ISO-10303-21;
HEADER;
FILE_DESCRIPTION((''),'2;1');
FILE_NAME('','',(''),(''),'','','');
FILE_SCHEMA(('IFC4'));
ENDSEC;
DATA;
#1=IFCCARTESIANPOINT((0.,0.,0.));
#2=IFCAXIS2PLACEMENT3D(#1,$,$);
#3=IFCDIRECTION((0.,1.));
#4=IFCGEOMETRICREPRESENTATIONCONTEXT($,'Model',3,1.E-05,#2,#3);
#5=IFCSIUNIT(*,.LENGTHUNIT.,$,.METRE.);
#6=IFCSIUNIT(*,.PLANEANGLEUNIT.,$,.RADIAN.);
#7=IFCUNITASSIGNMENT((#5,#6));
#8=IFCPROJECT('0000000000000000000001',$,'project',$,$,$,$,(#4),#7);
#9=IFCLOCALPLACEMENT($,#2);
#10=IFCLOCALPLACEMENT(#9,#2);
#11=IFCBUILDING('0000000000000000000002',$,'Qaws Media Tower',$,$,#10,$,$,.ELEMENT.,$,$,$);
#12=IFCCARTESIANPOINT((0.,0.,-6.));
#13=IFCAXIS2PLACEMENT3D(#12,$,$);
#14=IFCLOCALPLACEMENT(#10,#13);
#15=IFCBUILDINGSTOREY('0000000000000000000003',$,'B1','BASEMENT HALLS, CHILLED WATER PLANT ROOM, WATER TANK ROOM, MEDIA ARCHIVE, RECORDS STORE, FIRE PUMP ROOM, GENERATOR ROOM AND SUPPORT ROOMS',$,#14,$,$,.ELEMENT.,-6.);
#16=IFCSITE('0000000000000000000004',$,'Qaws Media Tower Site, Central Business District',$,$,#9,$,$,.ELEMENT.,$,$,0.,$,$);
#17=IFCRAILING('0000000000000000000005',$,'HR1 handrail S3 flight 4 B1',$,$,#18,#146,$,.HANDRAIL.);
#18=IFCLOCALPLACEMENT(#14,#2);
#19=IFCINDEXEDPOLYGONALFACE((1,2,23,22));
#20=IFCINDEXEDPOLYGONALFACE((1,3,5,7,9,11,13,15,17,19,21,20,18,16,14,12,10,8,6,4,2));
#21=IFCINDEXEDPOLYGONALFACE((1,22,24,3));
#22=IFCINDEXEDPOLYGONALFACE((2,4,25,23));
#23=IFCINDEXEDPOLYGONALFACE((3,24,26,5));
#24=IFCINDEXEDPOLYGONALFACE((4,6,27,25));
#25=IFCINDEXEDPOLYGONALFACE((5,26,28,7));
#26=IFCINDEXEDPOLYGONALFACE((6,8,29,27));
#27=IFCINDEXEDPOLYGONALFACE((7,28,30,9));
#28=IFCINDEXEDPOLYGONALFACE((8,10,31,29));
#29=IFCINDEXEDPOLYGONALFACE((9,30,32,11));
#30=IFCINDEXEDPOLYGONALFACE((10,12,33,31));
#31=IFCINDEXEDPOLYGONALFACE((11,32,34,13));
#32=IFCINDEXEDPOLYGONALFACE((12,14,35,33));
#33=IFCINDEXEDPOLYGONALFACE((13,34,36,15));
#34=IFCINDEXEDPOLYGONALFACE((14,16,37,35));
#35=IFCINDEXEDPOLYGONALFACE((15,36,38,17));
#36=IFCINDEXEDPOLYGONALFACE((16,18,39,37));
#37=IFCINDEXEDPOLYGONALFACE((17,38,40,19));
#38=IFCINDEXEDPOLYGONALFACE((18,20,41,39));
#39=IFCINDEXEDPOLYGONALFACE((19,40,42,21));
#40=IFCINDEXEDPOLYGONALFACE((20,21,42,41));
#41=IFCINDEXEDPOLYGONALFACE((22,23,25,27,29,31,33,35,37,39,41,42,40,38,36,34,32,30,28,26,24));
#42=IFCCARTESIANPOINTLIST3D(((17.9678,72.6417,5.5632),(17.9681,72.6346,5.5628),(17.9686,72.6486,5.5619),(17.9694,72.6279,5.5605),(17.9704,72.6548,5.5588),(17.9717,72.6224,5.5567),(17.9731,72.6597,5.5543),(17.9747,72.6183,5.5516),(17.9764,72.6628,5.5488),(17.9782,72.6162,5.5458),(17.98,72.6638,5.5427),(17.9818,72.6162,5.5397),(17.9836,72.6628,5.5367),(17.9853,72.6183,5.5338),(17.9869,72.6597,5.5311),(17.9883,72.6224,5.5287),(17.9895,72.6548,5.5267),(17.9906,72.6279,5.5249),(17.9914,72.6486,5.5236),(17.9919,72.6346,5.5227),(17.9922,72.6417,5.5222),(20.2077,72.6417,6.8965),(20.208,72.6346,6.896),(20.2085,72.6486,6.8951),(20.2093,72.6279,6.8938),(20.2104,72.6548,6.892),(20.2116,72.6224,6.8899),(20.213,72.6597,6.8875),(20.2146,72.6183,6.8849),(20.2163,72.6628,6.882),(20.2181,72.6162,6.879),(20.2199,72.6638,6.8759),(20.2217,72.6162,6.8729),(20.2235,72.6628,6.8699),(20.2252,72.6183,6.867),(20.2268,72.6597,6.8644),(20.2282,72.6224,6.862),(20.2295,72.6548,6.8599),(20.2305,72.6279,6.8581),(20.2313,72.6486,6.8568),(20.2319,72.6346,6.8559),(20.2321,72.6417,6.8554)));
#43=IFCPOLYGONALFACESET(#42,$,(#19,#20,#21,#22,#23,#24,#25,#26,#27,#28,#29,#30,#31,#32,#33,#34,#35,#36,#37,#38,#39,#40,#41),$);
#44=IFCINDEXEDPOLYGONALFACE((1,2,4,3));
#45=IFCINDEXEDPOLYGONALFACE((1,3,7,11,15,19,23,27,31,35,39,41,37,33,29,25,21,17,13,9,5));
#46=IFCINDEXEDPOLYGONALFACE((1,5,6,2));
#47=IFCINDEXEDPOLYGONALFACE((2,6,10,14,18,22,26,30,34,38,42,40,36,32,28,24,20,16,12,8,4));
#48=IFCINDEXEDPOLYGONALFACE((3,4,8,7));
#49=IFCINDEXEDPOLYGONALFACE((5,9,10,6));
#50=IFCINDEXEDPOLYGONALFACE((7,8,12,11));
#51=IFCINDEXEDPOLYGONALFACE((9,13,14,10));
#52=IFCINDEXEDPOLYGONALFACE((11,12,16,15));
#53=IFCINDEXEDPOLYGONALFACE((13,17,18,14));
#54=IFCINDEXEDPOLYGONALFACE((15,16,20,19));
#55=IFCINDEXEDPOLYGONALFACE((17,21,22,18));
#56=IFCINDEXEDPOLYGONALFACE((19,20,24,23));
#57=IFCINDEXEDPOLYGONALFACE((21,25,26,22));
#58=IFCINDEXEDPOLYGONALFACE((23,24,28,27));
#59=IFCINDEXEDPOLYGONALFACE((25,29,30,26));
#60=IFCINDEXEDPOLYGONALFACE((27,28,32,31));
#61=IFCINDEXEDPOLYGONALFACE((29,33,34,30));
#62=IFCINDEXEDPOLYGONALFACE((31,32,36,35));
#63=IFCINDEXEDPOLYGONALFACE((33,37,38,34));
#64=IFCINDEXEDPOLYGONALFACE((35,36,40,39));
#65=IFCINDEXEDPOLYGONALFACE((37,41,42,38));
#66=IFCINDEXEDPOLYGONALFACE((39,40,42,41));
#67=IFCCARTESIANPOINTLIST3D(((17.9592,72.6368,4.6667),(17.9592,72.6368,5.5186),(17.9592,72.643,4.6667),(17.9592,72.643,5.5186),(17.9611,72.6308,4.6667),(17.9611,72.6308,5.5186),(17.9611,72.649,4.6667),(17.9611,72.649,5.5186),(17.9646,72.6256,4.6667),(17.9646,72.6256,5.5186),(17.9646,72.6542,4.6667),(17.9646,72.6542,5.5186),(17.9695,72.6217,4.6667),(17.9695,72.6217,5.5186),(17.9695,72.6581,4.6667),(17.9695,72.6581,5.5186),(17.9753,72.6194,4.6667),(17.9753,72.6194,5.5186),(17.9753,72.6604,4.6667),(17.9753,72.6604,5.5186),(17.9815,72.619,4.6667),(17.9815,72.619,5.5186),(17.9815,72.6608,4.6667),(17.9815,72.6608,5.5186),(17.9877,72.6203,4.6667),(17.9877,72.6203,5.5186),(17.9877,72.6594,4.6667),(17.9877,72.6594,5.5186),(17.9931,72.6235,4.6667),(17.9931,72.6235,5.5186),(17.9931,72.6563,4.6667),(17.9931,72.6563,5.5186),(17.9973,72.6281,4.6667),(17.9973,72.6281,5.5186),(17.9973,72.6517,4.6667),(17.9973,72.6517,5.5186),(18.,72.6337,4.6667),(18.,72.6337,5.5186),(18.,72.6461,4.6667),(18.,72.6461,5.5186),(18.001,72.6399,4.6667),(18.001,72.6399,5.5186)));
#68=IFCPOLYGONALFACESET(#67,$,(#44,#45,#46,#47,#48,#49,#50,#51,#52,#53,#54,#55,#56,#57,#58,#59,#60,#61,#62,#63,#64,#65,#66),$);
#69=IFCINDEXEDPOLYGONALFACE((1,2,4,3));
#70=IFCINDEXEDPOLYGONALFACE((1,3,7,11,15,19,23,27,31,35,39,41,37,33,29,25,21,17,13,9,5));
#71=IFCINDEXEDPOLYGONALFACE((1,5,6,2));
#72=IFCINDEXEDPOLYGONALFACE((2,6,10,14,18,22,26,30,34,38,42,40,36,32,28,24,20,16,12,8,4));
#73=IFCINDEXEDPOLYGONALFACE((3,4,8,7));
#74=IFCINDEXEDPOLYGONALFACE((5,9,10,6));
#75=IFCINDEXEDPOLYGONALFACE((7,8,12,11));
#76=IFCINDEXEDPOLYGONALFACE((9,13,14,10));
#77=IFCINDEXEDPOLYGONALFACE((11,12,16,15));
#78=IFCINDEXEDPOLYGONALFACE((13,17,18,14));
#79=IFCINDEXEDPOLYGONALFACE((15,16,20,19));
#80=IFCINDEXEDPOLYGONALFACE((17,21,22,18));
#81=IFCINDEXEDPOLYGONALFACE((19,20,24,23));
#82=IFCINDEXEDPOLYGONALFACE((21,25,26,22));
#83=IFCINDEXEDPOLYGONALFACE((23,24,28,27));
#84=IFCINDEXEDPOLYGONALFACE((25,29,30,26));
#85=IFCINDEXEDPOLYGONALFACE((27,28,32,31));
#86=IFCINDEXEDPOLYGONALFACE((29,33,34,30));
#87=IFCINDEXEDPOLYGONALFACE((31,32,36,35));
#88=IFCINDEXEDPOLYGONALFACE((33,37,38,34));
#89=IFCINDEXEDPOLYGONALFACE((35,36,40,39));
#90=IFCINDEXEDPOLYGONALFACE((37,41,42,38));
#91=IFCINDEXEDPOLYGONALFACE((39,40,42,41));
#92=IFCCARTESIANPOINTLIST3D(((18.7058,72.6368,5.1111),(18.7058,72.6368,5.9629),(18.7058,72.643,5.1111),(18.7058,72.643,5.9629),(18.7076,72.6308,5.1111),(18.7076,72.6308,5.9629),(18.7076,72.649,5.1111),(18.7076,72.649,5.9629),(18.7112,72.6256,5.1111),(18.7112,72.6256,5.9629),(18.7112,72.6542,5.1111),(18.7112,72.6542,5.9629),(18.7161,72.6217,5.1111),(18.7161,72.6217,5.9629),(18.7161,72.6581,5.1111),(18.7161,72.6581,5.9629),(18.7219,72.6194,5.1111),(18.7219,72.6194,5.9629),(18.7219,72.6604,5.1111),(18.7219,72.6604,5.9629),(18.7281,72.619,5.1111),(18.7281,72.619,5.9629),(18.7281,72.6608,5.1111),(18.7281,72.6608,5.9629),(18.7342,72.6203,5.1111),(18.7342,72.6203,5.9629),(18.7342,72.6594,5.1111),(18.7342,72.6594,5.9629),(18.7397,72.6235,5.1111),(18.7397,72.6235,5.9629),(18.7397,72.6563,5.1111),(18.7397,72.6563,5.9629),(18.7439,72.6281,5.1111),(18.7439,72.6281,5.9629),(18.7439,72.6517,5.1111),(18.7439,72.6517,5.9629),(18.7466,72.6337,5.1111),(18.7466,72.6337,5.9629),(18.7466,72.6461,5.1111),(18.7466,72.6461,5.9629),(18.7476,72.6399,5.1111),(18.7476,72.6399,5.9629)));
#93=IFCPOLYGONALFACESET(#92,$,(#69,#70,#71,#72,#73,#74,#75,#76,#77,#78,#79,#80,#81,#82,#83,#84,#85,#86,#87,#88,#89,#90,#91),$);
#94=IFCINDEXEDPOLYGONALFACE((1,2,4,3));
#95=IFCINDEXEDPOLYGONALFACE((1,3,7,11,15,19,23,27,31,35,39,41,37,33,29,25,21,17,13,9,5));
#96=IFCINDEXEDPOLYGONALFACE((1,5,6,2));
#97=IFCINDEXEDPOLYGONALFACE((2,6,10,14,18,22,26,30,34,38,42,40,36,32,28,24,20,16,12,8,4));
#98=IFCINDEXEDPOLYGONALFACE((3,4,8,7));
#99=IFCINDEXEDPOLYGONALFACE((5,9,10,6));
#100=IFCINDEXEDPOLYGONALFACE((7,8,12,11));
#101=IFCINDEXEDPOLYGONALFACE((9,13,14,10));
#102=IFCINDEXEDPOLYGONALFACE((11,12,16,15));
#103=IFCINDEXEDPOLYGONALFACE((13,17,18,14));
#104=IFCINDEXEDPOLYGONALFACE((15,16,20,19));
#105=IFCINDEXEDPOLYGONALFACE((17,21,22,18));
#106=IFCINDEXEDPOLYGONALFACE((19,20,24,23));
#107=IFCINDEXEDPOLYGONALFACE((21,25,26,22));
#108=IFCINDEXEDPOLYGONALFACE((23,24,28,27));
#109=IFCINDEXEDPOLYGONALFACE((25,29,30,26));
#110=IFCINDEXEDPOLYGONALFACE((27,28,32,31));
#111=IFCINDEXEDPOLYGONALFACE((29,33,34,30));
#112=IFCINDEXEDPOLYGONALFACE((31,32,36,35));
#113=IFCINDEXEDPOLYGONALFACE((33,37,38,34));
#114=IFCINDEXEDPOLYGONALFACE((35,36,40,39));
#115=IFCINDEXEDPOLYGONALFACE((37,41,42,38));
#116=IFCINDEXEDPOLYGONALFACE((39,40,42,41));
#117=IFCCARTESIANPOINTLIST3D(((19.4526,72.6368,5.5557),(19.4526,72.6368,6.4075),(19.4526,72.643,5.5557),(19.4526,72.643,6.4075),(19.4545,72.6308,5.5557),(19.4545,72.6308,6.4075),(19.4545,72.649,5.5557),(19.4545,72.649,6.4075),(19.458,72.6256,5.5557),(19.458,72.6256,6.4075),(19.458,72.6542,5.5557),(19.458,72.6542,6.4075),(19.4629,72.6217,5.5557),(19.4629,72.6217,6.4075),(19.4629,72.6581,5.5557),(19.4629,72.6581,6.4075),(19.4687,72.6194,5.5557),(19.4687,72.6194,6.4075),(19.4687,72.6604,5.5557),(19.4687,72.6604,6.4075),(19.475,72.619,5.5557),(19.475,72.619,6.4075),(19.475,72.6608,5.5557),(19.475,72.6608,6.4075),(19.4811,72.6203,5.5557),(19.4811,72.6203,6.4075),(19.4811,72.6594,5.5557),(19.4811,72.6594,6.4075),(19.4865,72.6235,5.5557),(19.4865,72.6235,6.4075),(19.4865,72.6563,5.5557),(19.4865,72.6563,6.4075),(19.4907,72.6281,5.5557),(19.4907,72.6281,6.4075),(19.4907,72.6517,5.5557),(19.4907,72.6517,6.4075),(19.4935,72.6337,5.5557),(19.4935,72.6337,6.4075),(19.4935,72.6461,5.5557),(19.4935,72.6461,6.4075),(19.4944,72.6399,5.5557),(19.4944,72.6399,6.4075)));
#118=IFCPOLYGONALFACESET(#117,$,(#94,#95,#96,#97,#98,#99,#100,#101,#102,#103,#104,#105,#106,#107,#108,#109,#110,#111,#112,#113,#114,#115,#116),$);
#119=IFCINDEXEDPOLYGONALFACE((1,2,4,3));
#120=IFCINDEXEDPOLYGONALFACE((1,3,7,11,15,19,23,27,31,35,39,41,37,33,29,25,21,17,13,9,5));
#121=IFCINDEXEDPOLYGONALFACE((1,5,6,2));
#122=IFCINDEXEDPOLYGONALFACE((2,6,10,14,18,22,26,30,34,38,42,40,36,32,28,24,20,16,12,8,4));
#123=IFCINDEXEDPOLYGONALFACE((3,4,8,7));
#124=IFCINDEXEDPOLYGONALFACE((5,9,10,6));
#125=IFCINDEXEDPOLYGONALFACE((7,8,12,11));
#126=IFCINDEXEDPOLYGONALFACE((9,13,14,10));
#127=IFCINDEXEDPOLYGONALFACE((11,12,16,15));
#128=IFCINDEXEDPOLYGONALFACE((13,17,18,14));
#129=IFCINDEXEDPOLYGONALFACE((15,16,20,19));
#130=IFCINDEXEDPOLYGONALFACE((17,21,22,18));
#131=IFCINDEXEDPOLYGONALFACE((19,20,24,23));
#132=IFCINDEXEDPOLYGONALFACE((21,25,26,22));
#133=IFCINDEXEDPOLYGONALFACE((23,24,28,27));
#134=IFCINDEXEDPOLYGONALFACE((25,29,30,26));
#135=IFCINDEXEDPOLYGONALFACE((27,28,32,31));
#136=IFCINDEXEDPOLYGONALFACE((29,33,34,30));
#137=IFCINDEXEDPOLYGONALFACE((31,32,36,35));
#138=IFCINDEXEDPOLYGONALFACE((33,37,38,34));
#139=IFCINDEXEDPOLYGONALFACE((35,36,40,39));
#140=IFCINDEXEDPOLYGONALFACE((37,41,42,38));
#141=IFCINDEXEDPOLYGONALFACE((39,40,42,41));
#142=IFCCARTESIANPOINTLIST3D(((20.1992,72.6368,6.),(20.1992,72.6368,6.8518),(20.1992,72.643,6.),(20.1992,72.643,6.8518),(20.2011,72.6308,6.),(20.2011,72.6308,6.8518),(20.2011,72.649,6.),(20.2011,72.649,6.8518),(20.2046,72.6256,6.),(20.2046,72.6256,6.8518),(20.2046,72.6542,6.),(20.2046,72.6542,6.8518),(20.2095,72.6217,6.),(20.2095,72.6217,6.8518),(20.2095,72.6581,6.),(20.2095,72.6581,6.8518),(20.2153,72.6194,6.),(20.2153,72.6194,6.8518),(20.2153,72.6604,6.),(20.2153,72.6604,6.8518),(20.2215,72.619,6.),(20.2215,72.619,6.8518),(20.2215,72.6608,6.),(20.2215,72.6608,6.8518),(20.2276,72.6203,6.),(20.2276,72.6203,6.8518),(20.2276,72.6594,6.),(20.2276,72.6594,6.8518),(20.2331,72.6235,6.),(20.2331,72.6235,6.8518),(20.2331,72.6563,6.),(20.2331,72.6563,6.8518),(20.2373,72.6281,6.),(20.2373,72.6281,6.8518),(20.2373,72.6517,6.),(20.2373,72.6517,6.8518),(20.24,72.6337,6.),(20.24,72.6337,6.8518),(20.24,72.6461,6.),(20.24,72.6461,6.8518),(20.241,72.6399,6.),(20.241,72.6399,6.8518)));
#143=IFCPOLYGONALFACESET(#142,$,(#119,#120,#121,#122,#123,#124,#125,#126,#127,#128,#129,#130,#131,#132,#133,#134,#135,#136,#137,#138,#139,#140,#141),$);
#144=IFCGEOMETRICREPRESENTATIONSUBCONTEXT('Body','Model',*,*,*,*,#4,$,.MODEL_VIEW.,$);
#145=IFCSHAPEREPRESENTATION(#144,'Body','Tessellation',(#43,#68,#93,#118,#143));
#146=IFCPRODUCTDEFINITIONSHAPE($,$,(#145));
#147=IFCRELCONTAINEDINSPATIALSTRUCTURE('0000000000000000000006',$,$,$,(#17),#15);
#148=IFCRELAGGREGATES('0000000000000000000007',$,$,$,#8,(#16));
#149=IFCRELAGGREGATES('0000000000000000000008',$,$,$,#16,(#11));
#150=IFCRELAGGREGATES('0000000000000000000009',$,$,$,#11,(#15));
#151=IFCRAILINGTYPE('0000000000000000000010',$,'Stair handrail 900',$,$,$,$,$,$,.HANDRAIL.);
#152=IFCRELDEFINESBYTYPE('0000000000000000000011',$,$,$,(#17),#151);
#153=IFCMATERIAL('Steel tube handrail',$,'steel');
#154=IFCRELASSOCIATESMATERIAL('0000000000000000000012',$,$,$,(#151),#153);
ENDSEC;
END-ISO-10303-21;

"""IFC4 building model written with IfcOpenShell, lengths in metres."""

from ifc_helpers import new_model, si_unit, direction, frame, origin, origin_2d, place, context, subcontext, project, spatial, circle, extrude, material, type_object, element, save


model = new_model("IFC4")

# Units and contexts
model_context = context("Model", 3, precision=1e-05, world=origin(), true_north=direction((0.0, 1.0)))
body_context = subcontext(model_context, "Body", "Model", "MODEL_VIEW")
ifc_project = project(units=[si_unit("LENGTHUNIT", "METRE"), si_unit("PLANEANGLEUNIT", "RADIAN")], contexts=[model_context])

# Site, building, storey
site_placement = place(None, origin())
site = spatial("IfcSite", under=ifc_project, at=site_placement, Name="Qaws Media Tower Site, Central Business District", CompositionType="ELEMENT", RefElevation=0.0)
building_placement = place(site_placement, origin())
building = spatial("IfcBuilding", under=site, at=building_placement, Name="Qaws Media Tower", CompositionType="ELEMENT")
storey_placement = place(building_placement, frame((0.0, 0.0, -6.0)))
storey = spatial("IfcBuildingStorey", under=building, at=storey_placement, Name="B1", Description="BASEMENT HALLS, CHILLED WATER PLANT ROOM, WATER TANK ROOM, MEDIA ARCHIVE, RECORDS STORE, FIRE PUMP ROOM, GENERATOR ROOM AND SUPPORT ROOMS", CompositionType="ELEMENT", Elevation=-6.0)

# Railing
ifc_material_1 = material(Name="Steel tube handrail", Category="steel")
railing_type = type_object("IfcRailingType", Name="Stair handrail 900", PredefinedType="HANDRAIL", material=ifc_material_1)
for number, where, name in (
    (1, (17.98, 72.6399, 4.6667), "HR1 handrail S3 flight 4 B1"),
):
    element("IfcRailing", number, at=place(storey_placement, frame(where)), inside=storey, type_object=railing_type, Name=name, PredefinedType="HANDRAIL", context=body_context, shape_type="SweptSolid", body=[
        extrude(circle(Radius=0.0239, at=origin_2d()), frame((0.0, 0.0, 0.876), z_axis=(0.859306, 0.0, 0.511462), x_axis=(0.0, 1.0, 0.0)), (0.0, 0.0, 1.0), 2.6067),
        extrude(circle(Radius=0.021, at=origin_2d()), origin(), (0.0, 0.0, 1.0), 0.8518),
        extrude(circle(Radius=0.021, at=origin_2d()), frame((0.7466, 0.0, 0.4443)), (0.0, 0.0, 1.0), 0.8518),
        extrude(circle(Radius=0.021, at=origin_2d()), frame((1.4934, 0.0, 0.8889)), (0.0, 0.0, 1.0), 0.8518),
        extrude(circle(Radius=0.021, at=origin_2d()), frame((2.24, 0.0, 1.3333)), (0.0, 0.0, 1.0), 0.8518),
    ])

save(model, "model.ifc")
